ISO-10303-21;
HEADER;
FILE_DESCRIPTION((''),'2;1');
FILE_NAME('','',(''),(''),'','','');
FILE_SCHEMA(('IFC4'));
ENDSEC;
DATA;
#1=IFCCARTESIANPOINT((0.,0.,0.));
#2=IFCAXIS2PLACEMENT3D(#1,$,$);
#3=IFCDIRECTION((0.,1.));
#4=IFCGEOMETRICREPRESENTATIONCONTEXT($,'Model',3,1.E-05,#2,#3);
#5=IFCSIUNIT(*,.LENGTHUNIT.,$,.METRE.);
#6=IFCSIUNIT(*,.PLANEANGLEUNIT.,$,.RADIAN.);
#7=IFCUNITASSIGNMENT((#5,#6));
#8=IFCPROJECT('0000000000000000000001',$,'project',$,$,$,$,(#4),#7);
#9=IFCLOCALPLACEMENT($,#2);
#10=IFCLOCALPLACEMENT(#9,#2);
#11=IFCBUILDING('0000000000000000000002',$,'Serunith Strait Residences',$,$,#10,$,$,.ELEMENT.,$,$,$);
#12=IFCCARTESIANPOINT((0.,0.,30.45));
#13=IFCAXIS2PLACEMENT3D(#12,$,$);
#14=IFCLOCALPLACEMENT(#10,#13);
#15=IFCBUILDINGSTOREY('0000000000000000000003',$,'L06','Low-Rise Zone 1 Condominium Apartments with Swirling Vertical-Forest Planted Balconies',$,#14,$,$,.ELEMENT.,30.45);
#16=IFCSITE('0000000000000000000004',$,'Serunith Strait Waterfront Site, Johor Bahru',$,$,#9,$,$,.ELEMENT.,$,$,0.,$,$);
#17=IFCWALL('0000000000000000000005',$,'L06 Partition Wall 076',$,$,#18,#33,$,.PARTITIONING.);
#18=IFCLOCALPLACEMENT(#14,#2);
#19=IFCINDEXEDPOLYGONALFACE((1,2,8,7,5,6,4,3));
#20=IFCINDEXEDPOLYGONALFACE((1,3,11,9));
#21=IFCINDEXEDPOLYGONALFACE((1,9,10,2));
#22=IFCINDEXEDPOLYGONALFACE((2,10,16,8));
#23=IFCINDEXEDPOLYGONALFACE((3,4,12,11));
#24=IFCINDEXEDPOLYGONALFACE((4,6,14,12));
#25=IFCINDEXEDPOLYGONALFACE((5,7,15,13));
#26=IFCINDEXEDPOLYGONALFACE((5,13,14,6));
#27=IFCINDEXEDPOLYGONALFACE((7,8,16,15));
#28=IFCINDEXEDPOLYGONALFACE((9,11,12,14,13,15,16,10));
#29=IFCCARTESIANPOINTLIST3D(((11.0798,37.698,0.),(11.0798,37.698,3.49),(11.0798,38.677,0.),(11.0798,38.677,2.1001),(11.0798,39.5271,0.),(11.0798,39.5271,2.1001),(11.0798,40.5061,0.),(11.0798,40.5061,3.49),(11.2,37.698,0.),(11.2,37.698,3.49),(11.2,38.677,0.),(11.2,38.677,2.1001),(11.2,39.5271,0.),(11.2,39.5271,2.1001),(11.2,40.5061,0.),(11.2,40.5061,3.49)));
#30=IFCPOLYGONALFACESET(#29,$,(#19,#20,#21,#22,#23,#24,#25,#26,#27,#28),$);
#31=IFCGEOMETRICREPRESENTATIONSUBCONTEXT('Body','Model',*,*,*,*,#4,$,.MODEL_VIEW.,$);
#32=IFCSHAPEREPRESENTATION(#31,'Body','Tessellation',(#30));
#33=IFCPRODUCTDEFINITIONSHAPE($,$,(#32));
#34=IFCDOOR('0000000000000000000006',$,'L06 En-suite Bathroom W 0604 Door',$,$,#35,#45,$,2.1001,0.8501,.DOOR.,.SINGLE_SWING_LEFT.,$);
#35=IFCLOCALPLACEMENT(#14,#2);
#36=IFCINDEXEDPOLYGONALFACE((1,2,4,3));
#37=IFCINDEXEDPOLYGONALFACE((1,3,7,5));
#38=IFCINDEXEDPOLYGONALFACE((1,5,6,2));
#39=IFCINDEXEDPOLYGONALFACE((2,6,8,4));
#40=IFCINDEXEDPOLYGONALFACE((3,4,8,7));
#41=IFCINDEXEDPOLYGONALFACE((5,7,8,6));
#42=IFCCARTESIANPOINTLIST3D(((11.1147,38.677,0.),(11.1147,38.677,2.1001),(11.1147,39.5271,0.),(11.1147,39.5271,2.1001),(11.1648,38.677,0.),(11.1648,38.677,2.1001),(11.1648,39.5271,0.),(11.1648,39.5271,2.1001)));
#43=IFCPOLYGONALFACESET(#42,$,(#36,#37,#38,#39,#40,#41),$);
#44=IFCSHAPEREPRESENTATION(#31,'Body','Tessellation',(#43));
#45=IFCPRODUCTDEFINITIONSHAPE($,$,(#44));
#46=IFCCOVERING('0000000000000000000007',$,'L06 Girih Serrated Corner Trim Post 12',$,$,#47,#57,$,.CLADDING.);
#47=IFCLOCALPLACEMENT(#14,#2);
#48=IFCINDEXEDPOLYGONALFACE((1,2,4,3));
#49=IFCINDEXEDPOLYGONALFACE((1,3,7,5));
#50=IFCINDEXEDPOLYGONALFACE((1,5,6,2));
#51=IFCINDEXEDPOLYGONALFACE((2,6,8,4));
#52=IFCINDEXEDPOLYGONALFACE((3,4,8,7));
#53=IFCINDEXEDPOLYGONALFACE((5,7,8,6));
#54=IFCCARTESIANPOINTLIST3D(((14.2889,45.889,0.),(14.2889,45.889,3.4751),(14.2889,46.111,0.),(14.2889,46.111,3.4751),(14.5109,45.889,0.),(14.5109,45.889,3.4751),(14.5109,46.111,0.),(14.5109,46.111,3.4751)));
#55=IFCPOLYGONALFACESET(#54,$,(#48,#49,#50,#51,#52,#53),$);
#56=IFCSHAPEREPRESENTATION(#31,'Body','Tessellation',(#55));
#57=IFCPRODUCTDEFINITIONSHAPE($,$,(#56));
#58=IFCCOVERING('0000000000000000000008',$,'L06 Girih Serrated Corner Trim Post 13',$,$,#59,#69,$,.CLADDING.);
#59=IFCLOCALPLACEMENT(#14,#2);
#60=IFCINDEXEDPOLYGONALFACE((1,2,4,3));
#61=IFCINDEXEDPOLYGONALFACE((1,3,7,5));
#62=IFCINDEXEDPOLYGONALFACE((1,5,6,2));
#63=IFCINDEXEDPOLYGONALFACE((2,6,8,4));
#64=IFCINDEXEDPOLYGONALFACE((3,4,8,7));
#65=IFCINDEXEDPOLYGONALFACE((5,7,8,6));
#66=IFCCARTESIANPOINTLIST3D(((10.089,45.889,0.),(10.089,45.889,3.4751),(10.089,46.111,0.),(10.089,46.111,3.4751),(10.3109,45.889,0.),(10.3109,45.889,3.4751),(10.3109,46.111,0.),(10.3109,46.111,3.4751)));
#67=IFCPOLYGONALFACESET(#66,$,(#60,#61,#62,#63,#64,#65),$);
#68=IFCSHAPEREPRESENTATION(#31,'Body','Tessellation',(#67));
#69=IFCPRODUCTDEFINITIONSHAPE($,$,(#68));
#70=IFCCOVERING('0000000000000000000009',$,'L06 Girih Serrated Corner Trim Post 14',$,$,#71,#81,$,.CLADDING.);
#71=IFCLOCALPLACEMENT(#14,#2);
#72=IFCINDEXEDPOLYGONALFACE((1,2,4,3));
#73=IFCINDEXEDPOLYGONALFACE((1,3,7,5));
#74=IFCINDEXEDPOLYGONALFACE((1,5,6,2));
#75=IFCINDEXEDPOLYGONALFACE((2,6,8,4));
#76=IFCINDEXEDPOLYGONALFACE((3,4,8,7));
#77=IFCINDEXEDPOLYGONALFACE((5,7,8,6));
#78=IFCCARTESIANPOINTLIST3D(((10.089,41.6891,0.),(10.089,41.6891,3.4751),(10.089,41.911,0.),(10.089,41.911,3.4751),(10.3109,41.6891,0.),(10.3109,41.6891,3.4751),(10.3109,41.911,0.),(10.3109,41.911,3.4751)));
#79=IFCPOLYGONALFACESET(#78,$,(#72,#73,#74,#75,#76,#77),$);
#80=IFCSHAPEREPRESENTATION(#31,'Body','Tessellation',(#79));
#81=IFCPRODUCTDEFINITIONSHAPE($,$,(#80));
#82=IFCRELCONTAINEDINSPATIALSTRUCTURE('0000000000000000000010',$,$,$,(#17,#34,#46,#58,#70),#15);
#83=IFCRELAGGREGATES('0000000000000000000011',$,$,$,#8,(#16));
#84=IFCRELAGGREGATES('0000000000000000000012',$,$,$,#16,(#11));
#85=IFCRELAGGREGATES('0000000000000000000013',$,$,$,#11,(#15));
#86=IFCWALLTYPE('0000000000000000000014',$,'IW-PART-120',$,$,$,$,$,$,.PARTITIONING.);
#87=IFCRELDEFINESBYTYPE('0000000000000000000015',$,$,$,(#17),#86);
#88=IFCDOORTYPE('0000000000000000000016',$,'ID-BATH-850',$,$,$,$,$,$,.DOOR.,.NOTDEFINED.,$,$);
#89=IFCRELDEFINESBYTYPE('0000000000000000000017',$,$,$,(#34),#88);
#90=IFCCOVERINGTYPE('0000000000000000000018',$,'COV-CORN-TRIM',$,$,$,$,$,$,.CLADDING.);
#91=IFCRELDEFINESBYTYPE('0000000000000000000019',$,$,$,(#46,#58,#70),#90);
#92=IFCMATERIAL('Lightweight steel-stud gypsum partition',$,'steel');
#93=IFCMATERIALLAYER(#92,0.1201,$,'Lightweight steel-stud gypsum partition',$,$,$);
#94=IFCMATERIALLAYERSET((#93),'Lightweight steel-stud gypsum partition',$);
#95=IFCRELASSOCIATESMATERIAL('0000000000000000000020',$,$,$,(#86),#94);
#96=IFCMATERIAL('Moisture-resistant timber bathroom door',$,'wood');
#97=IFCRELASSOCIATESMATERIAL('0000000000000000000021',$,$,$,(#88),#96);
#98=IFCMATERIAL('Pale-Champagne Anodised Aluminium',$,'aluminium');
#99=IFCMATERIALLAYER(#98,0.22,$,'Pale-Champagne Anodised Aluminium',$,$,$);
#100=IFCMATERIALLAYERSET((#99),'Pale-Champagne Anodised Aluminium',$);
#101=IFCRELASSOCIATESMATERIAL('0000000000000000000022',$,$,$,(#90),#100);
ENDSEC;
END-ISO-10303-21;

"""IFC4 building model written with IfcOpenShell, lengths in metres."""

from ifc_helpers import new_model, si_unit, direction, frame, frame_2d, origin, origin_2d, place, context, subcontext, project, spatial, rectangle, extrude, source, transform, mapped, material, layer, layer_set, type_object, element, fill, save


model = new_model("IFC4")

# Units and contexts
model_context = context("Model", 3, precision=1e-05, world=origin(), true_north=direction((0.0, 1.0)))
body_context = subcontext(model_context, "Body", "Model", "MODEL_VIEW")
ifc_project = project(units=[si_unit("LENGTHUNIT", "METRE"), si_unit("PLANEANGLEUNIT", "RADIAN")], contexts=[model_context])

# Site, building, storey
site_placement = place(None, origin())
site = spatial("IfcSite", under=ifc_project, at=site_placement, Name="Serunith Strait Waterfront Site, Johor Bahru", CompositionType="ELEMENT", RefElevation=0.0)
building_placement = place(site_placement, origin())
building = spatial("IfcBuilding", under=site, at=building_placement, Name="Serunith Strait Residences", CompositionType="ELEMENT")
storey_placement = place(building_placement, frame((0.0, 0.0, 30.45)))
storey = spatial("IfcBuildingStorey", under=building, at=storey_placement, Name="L06", Description="Low-Rise Zone 1 Condominium Apartments with Swirling Vertical-Forest Planted Balconies", CompositionType="ELEMENT", Elevation=30.45)

# Shared definitions
ifc_material_1 = material(Name="Pale-Champagne Anodised Aluminium", Category="aluminium")

# Shared definitions
ifc_material_2 = material(Name="Lightweight steel-stud gypsum partition", Category="steel")
ifc_layer_1 = layer(ifc_material_2, 0.1201, Name="Lightweight steel-stud gypsum partition")
ifc_layer_set_1 = layer_set([ifc_layer_1], Name="Lightweight steel-stud gypsum partition")
wall_type_1 = type_object("IfcWallType", Name="IW-PART-120", PredefinedType="PARTITIONING", material=ifc_layer_set_1)

# Wall, opening, door
wall_1_placement = place(storey_placement, frame((11.1399, 40.5061, 0.0), z_axis=(0.0, 0.0, 1.0), x_axis=(0.0, -1.0, 0.0)))
wall_1 = element("IfcWall", 1, at=wall_1_placement, inside=storey, type_object=wall_type_1, Name="L06 Partition Wall 076", PredefinedType="PARTITIONING", context=body_context, shape_type="SweptSolid", body=[
    extrude(rectangle(XDim=2.8081, YDim=0.1201, at=frame_2d((1.4041, 0.0))), origin(), (0.0, 0.0, 1.0), 3.49),
])
opening_1_placement = place(wall_1_placement, frame((0.979, 0.0, 0.0)))
opening_1 = element("IfcOpeningElement", 2, at=opening_1_placement, cuts=wall_1, PredefinedType="OPENING", context=body_context, shape_type="SweptSolid", body=[
    extrude(rectangle(XDim=0.8501, YDim=2.1001, at=frame_2d((0.425, 1.05))), frame((0.0, 0.0701, 0.0), z_axis=(0.0, -1.0, 0.0), x_axis=(1.0, 0.0, 0.0)), (0.0, 0.0, 1.0), 0.1401),
])
ifc_material_3 = material(Name="Moisture-resistant timber bathroom door", Category="wood")
door_type = type_object("IfcDoorType", Name="ID-BATH-850", OperationType="NOTDEFINED", PredefinedType="DOOR", material=ifc_material_3)
shared_shape_1 = source(origin(), body_context, "Body", "SweptSolid", [
    extrude(rectangle(XDim=0.8501, YDim=2.1001, at=frame_2d((0.425, 1.05))), frame((0.0, 0.0249, 0.0), z_axis=(0.0, -1.0, 0.0), x_axis=(1.0, 0.0, 0.0)), (0.0, 0.0, 1.0), 0.05),
])
door_placement = place(opening_1_placement, origin())
door = element("IfcDoor", 3, at=door_placement, inside=storey, type_object=door_type, Name="L06 En-suite Bathroom W 0604 Door", OperationType="SINGLE_SWING_LEFT", OverallHeight=2.1001, OverallWidth=0.8501, PredefinedType="DOOR", context=body_context, shape_type="MappedRepresentation", body=[
    mapped(shared_shape_1, transform((0.0, 0.0, 0.0), scale=1.0)),
])
fill(opening_1, door)

# Coverings
ifc_layer_2 = layer(ifc_material_1, 0.22, Name="Pale-Champagne Anodised Aluminium")
ifc_layer_set_2 = layer_set([ifc_layer_2], Name="Pale-Champagne Anodised Aluminium")
covering_type = type_object("IfcCoveringType", Name="COV-CORN-TRIM", PredefinedType="CLADDING", material=ifc_layer_set_2)
shared_shape_2 = source(origin(), body_context, "Body", "SweptSolid", [
    extrude(rectangle(XDim=0.2219, YDim=0.2219, at=origin_2d()), origin(), (0.0, 0.0, 1.0), 3.4751),
])
for number, where, z_axis, x_axis, name in (
    (4, (14.3999, 46.0, 0.0), (0.0, 0.0, 1.0), (1.0, 0.0, 0.0), "L06 Girih Serrated Corner Trim Post 12"),
    (5, (10.2, 46.0, 0.0), (0.0, 0.0, 1.0), (1.0, 0.0, 0.0), "L06 Girih Serrated Corner Trim Post 13"),
    (6, (10.2, 41.8, 0.0), (0.0, 0.0, 1.0), (1.0, 0.0, 0.0), "L06 Girih Serrated Corner Trim Post 14"),
):
    element("IfcCovering", number, at=place(storey_placement, frame(where, z_axis=z_axis, x_axis=x_axis)), inside=storey, type_object=covering_type, Name=name, PredefinedType="CLADDING", context=body_context, shape_type="MappedRepresentation", body=[
        mapped(shared_shape_2, transform((0.0, 0.0, 0.0), scale=1.0)),
    ])

save(model, "model.ifc")
